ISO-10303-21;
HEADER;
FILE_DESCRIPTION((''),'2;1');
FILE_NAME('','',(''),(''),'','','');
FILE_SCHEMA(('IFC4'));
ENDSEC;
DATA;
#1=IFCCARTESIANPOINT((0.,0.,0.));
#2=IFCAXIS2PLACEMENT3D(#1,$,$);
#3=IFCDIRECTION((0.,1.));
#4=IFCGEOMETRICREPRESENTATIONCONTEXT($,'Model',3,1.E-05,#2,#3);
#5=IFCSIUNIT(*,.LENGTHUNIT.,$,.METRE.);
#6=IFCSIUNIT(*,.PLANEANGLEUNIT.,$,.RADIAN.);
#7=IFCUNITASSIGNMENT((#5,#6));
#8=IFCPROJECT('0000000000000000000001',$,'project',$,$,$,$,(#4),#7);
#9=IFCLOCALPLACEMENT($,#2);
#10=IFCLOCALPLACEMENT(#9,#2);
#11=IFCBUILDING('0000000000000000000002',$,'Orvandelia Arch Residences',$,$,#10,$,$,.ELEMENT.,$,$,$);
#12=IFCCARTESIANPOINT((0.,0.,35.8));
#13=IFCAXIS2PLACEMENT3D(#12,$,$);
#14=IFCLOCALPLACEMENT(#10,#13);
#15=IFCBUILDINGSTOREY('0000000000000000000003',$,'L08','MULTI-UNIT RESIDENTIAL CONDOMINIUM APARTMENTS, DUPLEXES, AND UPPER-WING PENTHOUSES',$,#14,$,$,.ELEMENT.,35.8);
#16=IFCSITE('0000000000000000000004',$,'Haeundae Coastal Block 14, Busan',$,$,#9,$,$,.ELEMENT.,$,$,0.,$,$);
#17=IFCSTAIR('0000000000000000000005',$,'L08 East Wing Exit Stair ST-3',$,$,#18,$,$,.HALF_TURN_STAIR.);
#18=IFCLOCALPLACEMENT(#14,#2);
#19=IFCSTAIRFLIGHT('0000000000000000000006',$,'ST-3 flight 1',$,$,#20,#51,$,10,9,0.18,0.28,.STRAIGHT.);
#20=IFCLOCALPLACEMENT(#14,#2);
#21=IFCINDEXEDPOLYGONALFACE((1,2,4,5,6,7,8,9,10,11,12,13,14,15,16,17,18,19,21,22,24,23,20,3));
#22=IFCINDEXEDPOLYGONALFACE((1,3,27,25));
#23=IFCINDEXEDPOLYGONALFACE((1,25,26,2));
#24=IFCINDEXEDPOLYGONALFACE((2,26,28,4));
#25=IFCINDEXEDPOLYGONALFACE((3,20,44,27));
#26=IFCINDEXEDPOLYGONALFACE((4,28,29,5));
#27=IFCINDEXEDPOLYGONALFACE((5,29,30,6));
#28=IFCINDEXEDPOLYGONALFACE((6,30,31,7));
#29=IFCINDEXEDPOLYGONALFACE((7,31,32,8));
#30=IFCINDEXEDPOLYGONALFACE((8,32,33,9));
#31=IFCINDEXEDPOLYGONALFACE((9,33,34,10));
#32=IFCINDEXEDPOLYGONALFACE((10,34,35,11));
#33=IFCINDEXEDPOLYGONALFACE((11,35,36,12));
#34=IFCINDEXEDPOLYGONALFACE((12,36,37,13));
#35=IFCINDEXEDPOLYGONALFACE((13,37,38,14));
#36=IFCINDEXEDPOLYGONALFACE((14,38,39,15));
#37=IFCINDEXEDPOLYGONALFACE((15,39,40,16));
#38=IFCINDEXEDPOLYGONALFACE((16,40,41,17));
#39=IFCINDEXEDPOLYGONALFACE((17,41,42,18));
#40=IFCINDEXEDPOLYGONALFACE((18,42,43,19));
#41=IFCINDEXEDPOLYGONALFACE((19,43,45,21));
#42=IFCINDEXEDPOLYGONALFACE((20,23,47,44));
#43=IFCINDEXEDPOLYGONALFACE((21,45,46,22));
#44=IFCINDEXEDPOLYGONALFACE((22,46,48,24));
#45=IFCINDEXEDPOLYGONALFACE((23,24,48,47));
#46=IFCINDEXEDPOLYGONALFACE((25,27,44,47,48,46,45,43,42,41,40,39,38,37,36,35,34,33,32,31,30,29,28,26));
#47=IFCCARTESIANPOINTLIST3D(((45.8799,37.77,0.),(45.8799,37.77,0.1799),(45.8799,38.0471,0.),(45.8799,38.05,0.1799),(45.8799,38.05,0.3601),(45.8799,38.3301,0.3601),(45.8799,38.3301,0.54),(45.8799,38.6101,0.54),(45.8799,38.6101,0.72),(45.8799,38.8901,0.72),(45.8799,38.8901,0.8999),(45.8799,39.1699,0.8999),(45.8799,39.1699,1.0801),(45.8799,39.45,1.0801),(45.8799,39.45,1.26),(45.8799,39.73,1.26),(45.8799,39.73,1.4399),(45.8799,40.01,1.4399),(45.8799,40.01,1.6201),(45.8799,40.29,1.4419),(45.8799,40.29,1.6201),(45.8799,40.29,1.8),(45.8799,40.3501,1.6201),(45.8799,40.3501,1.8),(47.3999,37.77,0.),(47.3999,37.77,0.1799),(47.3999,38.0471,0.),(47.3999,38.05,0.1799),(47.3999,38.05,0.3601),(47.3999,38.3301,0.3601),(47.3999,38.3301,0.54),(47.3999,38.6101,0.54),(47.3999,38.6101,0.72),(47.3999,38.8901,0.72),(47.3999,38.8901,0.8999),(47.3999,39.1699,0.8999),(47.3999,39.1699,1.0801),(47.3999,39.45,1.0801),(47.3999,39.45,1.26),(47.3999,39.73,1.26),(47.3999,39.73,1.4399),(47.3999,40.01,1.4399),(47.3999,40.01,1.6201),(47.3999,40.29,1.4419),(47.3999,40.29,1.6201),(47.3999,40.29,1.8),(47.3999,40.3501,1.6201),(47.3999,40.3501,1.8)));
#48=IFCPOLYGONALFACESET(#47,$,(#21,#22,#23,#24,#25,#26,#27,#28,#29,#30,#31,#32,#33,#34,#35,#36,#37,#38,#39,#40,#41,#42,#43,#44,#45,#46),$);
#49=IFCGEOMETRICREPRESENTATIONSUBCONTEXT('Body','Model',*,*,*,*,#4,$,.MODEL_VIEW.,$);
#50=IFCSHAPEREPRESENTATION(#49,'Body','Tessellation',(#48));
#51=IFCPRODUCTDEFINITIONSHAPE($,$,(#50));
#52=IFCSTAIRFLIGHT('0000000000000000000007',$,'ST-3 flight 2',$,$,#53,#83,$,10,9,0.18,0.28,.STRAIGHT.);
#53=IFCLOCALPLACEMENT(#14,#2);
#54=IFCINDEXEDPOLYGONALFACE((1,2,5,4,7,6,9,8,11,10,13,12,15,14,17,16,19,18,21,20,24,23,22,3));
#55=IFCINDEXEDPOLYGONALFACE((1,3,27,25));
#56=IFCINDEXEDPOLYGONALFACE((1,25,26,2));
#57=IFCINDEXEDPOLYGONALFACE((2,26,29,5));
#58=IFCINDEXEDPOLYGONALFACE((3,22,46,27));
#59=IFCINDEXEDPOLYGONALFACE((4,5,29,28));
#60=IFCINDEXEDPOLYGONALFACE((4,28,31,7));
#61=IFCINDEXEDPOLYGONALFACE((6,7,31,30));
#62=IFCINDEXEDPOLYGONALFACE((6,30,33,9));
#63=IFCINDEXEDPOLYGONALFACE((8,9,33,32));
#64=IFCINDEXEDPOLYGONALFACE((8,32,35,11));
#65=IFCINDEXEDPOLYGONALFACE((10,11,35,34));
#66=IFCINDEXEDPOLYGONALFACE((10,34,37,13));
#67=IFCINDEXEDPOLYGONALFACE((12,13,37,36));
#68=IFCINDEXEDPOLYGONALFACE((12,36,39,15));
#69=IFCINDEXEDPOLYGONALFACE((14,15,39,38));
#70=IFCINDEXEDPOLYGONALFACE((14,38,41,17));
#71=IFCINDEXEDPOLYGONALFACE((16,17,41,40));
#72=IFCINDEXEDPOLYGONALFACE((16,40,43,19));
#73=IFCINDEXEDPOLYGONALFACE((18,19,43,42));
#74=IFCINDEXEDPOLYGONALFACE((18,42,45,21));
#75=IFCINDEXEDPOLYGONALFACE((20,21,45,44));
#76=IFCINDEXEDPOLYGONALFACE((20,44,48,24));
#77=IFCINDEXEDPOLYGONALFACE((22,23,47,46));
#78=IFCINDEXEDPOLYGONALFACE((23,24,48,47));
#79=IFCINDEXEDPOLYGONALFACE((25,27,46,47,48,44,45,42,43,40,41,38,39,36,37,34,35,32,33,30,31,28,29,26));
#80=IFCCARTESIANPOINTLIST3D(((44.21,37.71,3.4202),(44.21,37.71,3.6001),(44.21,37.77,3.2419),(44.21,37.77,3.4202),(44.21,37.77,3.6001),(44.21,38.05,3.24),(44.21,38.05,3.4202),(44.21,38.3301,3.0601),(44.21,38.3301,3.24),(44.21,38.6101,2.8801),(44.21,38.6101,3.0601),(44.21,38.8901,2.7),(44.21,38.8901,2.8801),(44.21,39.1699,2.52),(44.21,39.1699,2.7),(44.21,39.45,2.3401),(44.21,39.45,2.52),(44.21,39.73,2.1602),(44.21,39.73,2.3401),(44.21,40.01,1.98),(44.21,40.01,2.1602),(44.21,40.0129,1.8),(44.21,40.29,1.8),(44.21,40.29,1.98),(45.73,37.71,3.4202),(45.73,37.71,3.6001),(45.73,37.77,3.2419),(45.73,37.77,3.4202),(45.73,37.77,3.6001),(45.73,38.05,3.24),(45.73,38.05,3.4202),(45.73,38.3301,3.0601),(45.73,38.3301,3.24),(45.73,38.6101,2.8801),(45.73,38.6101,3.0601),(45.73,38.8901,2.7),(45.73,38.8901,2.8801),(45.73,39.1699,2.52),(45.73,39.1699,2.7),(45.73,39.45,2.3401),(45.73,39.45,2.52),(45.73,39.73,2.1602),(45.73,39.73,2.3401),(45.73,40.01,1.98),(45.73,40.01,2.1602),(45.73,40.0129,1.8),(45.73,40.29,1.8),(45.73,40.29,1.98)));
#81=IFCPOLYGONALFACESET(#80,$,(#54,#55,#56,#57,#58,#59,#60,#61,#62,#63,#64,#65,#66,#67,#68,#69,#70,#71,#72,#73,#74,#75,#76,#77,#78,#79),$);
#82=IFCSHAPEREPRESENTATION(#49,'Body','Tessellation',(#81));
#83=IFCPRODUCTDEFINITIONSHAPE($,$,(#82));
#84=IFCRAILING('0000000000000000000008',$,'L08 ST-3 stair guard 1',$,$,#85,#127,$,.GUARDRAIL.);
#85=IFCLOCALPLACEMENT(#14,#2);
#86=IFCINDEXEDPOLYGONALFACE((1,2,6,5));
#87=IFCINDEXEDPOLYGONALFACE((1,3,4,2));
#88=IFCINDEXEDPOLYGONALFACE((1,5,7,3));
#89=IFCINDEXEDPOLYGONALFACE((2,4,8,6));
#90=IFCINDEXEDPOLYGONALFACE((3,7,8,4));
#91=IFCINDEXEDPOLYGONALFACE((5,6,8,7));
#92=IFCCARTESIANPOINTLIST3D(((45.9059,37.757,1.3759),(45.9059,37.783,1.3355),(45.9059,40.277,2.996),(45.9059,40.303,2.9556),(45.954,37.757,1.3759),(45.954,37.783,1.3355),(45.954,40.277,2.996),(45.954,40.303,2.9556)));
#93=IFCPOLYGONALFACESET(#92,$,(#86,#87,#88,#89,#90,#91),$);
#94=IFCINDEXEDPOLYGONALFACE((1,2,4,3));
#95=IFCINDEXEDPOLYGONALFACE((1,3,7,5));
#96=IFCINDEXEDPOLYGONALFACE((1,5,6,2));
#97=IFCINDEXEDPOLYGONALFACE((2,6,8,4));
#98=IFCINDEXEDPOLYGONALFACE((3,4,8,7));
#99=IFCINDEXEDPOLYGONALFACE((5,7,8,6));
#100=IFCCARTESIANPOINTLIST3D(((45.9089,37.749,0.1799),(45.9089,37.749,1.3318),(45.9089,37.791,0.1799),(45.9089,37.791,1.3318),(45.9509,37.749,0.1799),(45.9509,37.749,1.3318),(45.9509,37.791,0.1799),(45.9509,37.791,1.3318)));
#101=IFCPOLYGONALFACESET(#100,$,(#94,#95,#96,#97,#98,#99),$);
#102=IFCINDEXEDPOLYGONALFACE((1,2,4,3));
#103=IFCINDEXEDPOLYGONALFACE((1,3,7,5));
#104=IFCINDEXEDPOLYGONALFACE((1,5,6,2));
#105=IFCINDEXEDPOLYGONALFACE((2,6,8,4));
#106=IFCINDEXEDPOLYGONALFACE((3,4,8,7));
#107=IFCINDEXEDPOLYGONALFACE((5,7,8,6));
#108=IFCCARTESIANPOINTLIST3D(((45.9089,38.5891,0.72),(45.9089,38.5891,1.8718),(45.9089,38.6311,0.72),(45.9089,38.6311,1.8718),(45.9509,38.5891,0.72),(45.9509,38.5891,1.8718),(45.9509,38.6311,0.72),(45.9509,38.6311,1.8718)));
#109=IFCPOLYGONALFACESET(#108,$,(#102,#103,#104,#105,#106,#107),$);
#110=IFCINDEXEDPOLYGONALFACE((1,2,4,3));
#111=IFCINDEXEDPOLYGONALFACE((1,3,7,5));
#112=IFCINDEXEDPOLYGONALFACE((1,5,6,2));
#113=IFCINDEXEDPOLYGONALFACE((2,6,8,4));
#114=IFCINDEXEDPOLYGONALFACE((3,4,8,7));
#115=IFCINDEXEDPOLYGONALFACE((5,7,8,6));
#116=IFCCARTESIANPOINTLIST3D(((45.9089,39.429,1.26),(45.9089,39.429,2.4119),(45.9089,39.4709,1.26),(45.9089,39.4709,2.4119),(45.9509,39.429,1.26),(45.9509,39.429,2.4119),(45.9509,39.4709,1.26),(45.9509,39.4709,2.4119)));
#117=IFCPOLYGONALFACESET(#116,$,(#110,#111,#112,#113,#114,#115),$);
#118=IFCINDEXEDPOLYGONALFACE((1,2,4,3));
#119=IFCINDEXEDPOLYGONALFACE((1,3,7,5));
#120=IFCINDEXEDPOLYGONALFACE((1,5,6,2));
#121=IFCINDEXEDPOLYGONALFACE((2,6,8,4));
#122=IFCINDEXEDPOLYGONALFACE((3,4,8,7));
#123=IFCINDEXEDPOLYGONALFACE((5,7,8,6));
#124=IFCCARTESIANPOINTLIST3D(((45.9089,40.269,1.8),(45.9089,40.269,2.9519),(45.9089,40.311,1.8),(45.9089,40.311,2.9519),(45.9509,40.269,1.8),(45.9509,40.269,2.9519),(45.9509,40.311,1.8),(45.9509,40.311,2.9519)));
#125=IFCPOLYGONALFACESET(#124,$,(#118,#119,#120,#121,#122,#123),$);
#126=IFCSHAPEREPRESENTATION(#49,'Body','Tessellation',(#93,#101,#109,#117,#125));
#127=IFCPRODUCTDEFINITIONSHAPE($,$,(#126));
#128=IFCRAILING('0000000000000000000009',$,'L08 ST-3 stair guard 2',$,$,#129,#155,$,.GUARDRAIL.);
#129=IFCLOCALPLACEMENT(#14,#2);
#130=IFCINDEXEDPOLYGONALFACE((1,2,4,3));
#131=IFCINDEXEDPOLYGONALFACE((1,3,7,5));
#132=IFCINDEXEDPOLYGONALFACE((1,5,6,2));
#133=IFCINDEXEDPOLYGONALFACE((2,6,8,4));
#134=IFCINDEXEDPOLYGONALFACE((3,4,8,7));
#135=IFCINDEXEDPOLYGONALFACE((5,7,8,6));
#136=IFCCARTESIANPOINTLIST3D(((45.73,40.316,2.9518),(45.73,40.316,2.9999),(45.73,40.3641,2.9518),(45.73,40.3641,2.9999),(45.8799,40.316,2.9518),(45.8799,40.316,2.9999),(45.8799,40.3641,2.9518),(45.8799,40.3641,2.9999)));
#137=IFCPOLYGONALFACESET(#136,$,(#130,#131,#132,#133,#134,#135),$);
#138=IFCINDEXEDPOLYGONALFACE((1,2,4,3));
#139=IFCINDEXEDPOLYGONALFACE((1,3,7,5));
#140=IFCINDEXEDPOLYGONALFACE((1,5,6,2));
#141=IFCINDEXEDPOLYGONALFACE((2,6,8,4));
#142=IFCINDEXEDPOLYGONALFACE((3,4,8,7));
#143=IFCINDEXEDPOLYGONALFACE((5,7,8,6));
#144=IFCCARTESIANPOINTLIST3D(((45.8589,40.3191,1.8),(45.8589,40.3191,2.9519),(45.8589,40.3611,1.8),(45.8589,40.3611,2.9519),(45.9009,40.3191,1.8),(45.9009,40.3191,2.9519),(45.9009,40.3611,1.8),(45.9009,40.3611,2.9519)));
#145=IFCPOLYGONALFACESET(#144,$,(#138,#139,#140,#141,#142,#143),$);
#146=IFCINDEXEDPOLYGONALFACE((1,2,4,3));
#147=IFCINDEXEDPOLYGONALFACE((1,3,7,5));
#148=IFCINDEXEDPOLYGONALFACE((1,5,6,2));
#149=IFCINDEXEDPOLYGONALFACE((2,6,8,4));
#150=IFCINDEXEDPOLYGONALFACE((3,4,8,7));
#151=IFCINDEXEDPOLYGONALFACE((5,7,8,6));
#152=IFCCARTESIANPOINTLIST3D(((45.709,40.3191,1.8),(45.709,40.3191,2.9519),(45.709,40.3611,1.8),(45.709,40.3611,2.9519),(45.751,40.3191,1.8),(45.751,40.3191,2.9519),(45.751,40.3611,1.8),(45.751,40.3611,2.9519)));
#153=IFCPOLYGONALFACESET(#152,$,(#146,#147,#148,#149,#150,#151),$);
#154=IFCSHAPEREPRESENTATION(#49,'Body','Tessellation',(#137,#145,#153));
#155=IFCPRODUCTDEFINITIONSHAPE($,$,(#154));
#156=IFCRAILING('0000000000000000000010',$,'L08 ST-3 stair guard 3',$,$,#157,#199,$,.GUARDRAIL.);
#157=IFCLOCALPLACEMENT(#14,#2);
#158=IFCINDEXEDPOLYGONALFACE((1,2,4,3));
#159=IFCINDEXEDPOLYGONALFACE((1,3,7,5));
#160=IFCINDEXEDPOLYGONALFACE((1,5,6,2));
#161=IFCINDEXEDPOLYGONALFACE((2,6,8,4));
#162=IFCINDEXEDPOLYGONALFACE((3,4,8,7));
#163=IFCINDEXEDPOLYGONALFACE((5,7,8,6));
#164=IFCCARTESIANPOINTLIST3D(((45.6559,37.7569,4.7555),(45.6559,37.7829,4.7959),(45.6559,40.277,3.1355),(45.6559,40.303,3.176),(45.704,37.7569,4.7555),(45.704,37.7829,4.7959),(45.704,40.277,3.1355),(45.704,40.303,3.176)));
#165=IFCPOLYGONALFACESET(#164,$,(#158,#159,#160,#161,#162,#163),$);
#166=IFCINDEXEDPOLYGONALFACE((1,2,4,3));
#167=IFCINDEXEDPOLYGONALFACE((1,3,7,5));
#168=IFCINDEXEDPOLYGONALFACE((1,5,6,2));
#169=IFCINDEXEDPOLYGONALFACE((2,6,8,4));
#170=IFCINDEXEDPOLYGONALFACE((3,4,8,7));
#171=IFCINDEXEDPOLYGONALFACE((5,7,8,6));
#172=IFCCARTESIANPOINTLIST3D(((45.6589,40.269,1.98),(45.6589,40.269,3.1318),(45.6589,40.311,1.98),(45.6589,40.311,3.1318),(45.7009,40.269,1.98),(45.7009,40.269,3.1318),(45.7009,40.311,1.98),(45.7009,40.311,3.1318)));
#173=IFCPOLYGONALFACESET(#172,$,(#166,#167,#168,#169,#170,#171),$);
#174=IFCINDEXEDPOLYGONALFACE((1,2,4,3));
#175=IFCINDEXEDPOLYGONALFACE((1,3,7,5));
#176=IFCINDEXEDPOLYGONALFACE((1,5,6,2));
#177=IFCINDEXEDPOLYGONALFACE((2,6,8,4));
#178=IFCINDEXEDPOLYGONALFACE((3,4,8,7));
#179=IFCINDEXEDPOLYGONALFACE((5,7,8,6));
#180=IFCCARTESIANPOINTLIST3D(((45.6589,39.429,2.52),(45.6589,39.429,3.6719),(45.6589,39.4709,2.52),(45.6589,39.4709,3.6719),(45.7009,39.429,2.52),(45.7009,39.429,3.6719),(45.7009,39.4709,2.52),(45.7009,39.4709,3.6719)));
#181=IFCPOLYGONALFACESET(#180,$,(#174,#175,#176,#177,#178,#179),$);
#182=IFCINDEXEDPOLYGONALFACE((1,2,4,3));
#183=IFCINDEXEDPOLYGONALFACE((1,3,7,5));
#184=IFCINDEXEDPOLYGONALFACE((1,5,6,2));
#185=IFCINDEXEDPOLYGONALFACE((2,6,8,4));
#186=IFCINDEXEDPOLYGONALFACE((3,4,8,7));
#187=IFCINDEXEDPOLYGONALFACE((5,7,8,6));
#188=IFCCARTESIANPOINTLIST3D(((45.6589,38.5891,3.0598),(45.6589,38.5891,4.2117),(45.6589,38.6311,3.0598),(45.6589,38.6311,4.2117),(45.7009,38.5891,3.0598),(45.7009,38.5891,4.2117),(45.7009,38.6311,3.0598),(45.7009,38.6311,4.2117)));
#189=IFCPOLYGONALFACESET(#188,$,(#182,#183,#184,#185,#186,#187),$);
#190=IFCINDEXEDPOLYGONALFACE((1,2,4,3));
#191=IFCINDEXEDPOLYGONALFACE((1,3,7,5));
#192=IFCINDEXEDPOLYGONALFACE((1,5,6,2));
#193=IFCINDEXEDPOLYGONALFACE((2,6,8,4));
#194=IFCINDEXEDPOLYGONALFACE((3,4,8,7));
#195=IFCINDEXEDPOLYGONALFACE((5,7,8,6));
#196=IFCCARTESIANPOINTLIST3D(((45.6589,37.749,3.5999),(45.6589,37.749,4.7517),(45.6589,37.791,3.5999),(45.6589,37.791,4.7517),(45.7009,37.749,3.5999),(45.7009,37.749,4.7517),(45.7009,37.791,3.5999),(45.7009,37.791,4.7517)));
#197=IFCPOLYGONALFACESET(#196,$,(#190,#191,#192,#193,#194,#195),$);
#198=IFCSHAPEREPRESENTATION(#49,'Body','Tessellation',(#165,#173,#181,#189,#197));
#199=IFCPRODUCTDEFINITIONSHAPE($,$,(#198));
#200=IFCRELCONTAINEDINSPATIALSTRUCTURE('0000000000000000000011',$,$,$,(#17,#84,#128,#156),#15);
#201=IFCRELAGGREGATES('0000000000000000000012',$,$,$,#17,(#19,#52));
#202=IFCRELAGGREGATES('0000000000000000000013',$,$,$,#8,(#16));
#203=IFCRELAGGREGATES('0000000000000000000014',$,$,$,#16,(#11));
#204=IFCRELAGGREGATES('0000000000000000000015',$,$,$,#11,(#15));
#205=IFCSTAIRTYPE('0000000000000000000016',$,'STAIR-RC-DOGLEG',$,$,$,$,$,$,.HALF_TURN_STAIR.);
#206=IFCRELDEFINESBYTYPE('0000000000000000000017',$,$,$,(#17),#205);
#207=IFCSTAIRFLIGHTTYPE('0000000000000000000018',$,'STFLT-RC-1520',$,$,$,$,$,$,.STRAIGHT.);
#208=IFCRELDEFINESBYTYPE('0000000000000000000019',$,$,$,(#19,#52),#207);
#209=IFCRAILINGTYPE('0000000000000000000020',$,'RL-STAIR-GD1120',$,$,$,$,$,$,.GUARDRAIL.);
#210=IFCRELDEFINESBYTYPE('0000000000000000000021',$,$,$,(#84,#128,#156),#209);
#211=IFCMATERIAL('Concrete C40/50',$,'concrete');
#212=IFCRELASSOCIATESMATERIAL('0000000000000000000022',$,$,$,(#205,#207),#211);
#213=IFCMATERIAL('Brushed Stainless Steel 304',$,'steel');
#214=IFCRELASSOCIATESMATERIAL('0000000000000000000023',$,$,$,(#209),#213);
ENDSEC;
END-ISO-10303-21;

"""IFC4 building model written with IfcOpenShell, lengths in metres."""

from ifc_helpers import new_model, si_unit, direction, frame, origin, origin_2d, place, context, subcontext, project, spatial, polyline, rectangle, outline, extrude, material, type_object, element, aggregate, save


model = new_model("IFC4")

# Units and contexts
model_context = context("Model", 3, precision=1e-05, world=origin(), true_north=direction((0.0, 1.0)))
body_context = subcontext(model_context, "Body", "Model", "MODEL_VIEW")
ifc_project = project(units=[si_unit("LENGTHUNIT", "METRE"), si_unit("PLANEANGLEUNIT", "RADIAN")], contexts=[model_context])

# Site, building, storey
site_placement = place(None, origin())
site = spatial("IfcSite", under=ifc_project, at=site_placement, Name="Haeundae Coastal Block 14, Busan", CompositionType="ELEMENT", RefElevation=0.0)
building_placement = place(site_placement, origin())
building = spatial("IfcBuilding", under=site, at=building_placement, Name="Orvandelia Arch Residences", CompositionType="ELEMENT")
storey_placement = place(building_placement, frame((0.0, 0.0, 35.8)))
storey = spatial("IfcBuildingStorey", under=building, at=storey_placement, Name="L08", Description="MULTI-UNIT RESIDENTIAL CONDOMINIUM APARTMENTS, DUPLEXES, AND UPPER-WING PENTHOUSES", CompositionType="ELEMENT", Elevation=35.8)

# Shared definitions
ifc_material_1 = material(Name="Concrete C40/50", Category="concrete")

# Stair, stair flights
stair_type = type_object("IfcStairType", Name="STAIR-RC-DOGLEG", PredefinedType="HALF_TURN_STAIR", material=ifc_material_1)
stair_placement = place(storey_placement, origin())
stair = element("IfcStair", 1, at=stair_placement, inside=storey, type_object=stair_type, Name="L08 East Wing Exit Stair ST-3", PredefinedType="HALF_TURN_STAIR")
stair_flight_type = type_object("IfcStairFlightType", Name="STFLT-RC-1520", PredefinedType="STRAIGHT", material=ifc_material_1)
stair_flight_1_placement = place(storey_placement, frame((46.6399, 37.77, 0.0), z_axis=(0.0, 0.0, 1.0), x_axis=(0.0, 1.0, 0.0)))
stair_flight_1 = element("IfcStairFlight", 2, at=stair_flight_1_placement, type_object=stair_flight_type, Name="ST-3 flight 1", NumberOfRisers=10, NumberOfTreads=9, PredefinedType="STRAIGHT", RiserHeight=0.18, TreadLength=0.28, context=body_context, shape_type="SweptSolid", body=[
    extrude(outline(polyline([(0.0, 0.0), (0.0, 0.1799), (0.28, 0.1799), (0.28, 0.3601), (0.5601, 0.3601), (0.5601, 0.54), (0.8401, 0.54), (0.8401, 0.72), (1.1201, 0.72), (1.1201, 0.8999), (1.3999, 0.8999), (1.3999, 1.0801), (1.6799, 1.0801), (1.6799, 1.26), (1.96, 1.26), (1.96, 1.4399), (2.24, 1.4399), (2.24, 1.6201), (2.52, 1.6201), (2.52, 1.8), (2.5801, 1.8), (2.5801, 1.6201), (2.52, 1.4419), (0.2771, 0.0), (0.0, 0.0)])), frame((0.0, 0.76, 0.0), z_axis=(0.0, -1.0, 0.0), x_axis=(1.0, 0.0, 0.0)), (0.0, 0.0, 1.0), 1.52),
])
stair_flight_2_placement = place(storey_placement, frame((44.97, 40.29, 1.8), z_axis=(0.0, 0.0, 1.0), x_axis=(0.0, -1.0, 0.0)))
stair_flight_2 = element("IfcStairFlight", 3, at=stair_flight_2_placement, type_object=stair_flight_type, Name="ST-3 flight 2", NumberOfRisers=10, NumberOfTreads=9, PredefinedType="STRAIGHT", RiserHeight=0.18, TreadLength=0.28, context=body_context, shape_type="SweptSolid", body=[
    extrude(outline(polyline([(0.0, 0.0), (0.0, 0.1799), (0.28, 0.1799), (0.28, 0.3601), (0.5601, 0.3601), (0.5601, 0.54), (0.8401, 0.54), (0.8401, 0.72), (1.1201, 0.72), (1.1201, 0.8999), (1.3999, 0.8999), (1.3999, 1.0801), (1.6799, 1.0801), (1.6799, 1.26), (1.96, 1.26), (1.96, 1.4399), (2.24, 1.4399), (2.24, 1.6201), (2.52, 1.6201), (2.52, 1.8), (2.5801, 1.8), (2.5801, 1.6201), (2.52, 1.4419), (0.2771, 0.0), (0.0, 0.0)])), frame((0.0, 0.76, 0.0), z_axis=(0.0, -1.0, 0.0), x_axis=(1.0, 0.0, 0.0)), (0.0, 0.0, 1.0), 1.52),
])
aggregate(stair, [stair_flight_1, stair_flight_2])

# Railings
ifc_material_2 = material(Name="Brushed Stainless Steel 304", Category="steel")
railing_type_1 = type_object("IfcRailingType", Name="RL-STAIR-GD1120", PredefinedType="GUARDRAIL", material=ifc_material_2)
railing_1_placement = place(storey_placement, frame((45.9299, 37.77, 0.1799)))
element("IfcRailing", 4, at=railing_1_placement, inside=storey, type_object=railing_type_1, Name="L08 ST-3 stair guard 1", PredefinedType="GUARDRAIL", context=body_context, shape_type="SweptSolid", body=[
    extrude(rectangle(XDim=0.0481, YDim=0.0481, at=origin_2d()), frame((0.0, 0.0, 1.1758), z_axis=(0.0, 0.841163, 0.540782), x_axis=(-1.0, 0.0, 0.0)), (0.0, 0.0, 1.0), 2.9958),
    extrude(rectangle(XDim=0.042, YDim=0.042, at=origin_2d()), origin(), (0.0, 0.0, 1.0), 1.1519),
    extrude(rectangle(XDim=0.042, YDim=0.042, at=origin_2d()), frame((0.0, 0.8401, 0.54)), (0.0, 0.0, 1.0), 1.1519),
    extrude(rectangle(XDim=0.042, YDim=0.042, at=origin_2d()), frame((0.0, 1.6799, 1.0801)), (0.0, 0.0, 1.0), 1.1519),
    extrude(rectangle(XDim=0.042, YDim=0.042, at=origin_2d()), frame((0.0, 2.52, 1.6201)), (0.0, 0.0, 1.0), 1.1519),
])
railing_2_placement = place(storey_placement, frame((45.8799, 40.3401, 1.8)))
element("IfcRailing", 5, at=railing_2_placement, inside=storey, type_object=railing_type_1, Name="L08 ST-3 stair guard 2", PredefinedType="GUARDRAIL", context=body_context, shape_type="SweptSolid", body=[
    extrude(rectangle(XDim=0.0481, YDim=0.0481, at=origin_2d()), frame((0.0, 0.0, 1.1758), z_axis=(-1.0, 0.0, 0.0), x_axis=(0.0, -1.0, 0.0)), (0.0, 0.0, 1.0), 0.1499),
    extrude(rectangle(XDim=0.042, YDim=0.042, at=origin_2d()), origin(), (0.0, 0.0, 1.0), 1.1519),
    extrude(rectangle(XDim=0.042, YDim=0.042, at=origin_2d()), frame((-0.1499, 0.0, 0.0)), (0.0, 0.0, 1.0), 1.1519),
])
railing_3_placement = place(storey_placement, frame((45.6799, 40.29, 1.98)))
element("IfcRailing", 6, at=railing_3_placement, inside=storey, type_object=railing_type_1, Name="L08 ST-3 stair guard 3", PredefinedType="GUARDRAIL", context=body_context, shape_type="SweptSolid", body=[
    extrude(rectangle(XDim=0.0481, YDim=0.0481, at=origin_2d()), frame((0.0, 0.0, 1.1758), z_axis=(0.0, -0.8412, 0.540725), x_axis=(1.0, 0.0, 0.0)), (0.0, 0.0, 1.0), 2.9958),
    extrude(rectangle(XDim=0.042, YDim=0.042, at=origin_2d()), origin(), (0.0, 0.0, 1.0), 1.1519),
    extrude(rectangle(XDim=0.042, YDim=0.042, at=origin_2d()), frame((0.0, -0.8401, 0.54)), (0.0, 0.0, 1.0), 1.1519),
    extrude(rectangle(XDim=0.042, YDim=0.042, at=origin_2d()), frame((0.0, -1.6799, 1.0798)), (0.0, 0.0, 1.0), 1.1519),
    extrude(rectangle(XDim=0.042, YDim=0.042, at=origin_2d()), frame((0.0, -2.52, 1.6199)), (0.0, 0.0, 1.0), 1.1519),
])

save(model, "model.ifc")
